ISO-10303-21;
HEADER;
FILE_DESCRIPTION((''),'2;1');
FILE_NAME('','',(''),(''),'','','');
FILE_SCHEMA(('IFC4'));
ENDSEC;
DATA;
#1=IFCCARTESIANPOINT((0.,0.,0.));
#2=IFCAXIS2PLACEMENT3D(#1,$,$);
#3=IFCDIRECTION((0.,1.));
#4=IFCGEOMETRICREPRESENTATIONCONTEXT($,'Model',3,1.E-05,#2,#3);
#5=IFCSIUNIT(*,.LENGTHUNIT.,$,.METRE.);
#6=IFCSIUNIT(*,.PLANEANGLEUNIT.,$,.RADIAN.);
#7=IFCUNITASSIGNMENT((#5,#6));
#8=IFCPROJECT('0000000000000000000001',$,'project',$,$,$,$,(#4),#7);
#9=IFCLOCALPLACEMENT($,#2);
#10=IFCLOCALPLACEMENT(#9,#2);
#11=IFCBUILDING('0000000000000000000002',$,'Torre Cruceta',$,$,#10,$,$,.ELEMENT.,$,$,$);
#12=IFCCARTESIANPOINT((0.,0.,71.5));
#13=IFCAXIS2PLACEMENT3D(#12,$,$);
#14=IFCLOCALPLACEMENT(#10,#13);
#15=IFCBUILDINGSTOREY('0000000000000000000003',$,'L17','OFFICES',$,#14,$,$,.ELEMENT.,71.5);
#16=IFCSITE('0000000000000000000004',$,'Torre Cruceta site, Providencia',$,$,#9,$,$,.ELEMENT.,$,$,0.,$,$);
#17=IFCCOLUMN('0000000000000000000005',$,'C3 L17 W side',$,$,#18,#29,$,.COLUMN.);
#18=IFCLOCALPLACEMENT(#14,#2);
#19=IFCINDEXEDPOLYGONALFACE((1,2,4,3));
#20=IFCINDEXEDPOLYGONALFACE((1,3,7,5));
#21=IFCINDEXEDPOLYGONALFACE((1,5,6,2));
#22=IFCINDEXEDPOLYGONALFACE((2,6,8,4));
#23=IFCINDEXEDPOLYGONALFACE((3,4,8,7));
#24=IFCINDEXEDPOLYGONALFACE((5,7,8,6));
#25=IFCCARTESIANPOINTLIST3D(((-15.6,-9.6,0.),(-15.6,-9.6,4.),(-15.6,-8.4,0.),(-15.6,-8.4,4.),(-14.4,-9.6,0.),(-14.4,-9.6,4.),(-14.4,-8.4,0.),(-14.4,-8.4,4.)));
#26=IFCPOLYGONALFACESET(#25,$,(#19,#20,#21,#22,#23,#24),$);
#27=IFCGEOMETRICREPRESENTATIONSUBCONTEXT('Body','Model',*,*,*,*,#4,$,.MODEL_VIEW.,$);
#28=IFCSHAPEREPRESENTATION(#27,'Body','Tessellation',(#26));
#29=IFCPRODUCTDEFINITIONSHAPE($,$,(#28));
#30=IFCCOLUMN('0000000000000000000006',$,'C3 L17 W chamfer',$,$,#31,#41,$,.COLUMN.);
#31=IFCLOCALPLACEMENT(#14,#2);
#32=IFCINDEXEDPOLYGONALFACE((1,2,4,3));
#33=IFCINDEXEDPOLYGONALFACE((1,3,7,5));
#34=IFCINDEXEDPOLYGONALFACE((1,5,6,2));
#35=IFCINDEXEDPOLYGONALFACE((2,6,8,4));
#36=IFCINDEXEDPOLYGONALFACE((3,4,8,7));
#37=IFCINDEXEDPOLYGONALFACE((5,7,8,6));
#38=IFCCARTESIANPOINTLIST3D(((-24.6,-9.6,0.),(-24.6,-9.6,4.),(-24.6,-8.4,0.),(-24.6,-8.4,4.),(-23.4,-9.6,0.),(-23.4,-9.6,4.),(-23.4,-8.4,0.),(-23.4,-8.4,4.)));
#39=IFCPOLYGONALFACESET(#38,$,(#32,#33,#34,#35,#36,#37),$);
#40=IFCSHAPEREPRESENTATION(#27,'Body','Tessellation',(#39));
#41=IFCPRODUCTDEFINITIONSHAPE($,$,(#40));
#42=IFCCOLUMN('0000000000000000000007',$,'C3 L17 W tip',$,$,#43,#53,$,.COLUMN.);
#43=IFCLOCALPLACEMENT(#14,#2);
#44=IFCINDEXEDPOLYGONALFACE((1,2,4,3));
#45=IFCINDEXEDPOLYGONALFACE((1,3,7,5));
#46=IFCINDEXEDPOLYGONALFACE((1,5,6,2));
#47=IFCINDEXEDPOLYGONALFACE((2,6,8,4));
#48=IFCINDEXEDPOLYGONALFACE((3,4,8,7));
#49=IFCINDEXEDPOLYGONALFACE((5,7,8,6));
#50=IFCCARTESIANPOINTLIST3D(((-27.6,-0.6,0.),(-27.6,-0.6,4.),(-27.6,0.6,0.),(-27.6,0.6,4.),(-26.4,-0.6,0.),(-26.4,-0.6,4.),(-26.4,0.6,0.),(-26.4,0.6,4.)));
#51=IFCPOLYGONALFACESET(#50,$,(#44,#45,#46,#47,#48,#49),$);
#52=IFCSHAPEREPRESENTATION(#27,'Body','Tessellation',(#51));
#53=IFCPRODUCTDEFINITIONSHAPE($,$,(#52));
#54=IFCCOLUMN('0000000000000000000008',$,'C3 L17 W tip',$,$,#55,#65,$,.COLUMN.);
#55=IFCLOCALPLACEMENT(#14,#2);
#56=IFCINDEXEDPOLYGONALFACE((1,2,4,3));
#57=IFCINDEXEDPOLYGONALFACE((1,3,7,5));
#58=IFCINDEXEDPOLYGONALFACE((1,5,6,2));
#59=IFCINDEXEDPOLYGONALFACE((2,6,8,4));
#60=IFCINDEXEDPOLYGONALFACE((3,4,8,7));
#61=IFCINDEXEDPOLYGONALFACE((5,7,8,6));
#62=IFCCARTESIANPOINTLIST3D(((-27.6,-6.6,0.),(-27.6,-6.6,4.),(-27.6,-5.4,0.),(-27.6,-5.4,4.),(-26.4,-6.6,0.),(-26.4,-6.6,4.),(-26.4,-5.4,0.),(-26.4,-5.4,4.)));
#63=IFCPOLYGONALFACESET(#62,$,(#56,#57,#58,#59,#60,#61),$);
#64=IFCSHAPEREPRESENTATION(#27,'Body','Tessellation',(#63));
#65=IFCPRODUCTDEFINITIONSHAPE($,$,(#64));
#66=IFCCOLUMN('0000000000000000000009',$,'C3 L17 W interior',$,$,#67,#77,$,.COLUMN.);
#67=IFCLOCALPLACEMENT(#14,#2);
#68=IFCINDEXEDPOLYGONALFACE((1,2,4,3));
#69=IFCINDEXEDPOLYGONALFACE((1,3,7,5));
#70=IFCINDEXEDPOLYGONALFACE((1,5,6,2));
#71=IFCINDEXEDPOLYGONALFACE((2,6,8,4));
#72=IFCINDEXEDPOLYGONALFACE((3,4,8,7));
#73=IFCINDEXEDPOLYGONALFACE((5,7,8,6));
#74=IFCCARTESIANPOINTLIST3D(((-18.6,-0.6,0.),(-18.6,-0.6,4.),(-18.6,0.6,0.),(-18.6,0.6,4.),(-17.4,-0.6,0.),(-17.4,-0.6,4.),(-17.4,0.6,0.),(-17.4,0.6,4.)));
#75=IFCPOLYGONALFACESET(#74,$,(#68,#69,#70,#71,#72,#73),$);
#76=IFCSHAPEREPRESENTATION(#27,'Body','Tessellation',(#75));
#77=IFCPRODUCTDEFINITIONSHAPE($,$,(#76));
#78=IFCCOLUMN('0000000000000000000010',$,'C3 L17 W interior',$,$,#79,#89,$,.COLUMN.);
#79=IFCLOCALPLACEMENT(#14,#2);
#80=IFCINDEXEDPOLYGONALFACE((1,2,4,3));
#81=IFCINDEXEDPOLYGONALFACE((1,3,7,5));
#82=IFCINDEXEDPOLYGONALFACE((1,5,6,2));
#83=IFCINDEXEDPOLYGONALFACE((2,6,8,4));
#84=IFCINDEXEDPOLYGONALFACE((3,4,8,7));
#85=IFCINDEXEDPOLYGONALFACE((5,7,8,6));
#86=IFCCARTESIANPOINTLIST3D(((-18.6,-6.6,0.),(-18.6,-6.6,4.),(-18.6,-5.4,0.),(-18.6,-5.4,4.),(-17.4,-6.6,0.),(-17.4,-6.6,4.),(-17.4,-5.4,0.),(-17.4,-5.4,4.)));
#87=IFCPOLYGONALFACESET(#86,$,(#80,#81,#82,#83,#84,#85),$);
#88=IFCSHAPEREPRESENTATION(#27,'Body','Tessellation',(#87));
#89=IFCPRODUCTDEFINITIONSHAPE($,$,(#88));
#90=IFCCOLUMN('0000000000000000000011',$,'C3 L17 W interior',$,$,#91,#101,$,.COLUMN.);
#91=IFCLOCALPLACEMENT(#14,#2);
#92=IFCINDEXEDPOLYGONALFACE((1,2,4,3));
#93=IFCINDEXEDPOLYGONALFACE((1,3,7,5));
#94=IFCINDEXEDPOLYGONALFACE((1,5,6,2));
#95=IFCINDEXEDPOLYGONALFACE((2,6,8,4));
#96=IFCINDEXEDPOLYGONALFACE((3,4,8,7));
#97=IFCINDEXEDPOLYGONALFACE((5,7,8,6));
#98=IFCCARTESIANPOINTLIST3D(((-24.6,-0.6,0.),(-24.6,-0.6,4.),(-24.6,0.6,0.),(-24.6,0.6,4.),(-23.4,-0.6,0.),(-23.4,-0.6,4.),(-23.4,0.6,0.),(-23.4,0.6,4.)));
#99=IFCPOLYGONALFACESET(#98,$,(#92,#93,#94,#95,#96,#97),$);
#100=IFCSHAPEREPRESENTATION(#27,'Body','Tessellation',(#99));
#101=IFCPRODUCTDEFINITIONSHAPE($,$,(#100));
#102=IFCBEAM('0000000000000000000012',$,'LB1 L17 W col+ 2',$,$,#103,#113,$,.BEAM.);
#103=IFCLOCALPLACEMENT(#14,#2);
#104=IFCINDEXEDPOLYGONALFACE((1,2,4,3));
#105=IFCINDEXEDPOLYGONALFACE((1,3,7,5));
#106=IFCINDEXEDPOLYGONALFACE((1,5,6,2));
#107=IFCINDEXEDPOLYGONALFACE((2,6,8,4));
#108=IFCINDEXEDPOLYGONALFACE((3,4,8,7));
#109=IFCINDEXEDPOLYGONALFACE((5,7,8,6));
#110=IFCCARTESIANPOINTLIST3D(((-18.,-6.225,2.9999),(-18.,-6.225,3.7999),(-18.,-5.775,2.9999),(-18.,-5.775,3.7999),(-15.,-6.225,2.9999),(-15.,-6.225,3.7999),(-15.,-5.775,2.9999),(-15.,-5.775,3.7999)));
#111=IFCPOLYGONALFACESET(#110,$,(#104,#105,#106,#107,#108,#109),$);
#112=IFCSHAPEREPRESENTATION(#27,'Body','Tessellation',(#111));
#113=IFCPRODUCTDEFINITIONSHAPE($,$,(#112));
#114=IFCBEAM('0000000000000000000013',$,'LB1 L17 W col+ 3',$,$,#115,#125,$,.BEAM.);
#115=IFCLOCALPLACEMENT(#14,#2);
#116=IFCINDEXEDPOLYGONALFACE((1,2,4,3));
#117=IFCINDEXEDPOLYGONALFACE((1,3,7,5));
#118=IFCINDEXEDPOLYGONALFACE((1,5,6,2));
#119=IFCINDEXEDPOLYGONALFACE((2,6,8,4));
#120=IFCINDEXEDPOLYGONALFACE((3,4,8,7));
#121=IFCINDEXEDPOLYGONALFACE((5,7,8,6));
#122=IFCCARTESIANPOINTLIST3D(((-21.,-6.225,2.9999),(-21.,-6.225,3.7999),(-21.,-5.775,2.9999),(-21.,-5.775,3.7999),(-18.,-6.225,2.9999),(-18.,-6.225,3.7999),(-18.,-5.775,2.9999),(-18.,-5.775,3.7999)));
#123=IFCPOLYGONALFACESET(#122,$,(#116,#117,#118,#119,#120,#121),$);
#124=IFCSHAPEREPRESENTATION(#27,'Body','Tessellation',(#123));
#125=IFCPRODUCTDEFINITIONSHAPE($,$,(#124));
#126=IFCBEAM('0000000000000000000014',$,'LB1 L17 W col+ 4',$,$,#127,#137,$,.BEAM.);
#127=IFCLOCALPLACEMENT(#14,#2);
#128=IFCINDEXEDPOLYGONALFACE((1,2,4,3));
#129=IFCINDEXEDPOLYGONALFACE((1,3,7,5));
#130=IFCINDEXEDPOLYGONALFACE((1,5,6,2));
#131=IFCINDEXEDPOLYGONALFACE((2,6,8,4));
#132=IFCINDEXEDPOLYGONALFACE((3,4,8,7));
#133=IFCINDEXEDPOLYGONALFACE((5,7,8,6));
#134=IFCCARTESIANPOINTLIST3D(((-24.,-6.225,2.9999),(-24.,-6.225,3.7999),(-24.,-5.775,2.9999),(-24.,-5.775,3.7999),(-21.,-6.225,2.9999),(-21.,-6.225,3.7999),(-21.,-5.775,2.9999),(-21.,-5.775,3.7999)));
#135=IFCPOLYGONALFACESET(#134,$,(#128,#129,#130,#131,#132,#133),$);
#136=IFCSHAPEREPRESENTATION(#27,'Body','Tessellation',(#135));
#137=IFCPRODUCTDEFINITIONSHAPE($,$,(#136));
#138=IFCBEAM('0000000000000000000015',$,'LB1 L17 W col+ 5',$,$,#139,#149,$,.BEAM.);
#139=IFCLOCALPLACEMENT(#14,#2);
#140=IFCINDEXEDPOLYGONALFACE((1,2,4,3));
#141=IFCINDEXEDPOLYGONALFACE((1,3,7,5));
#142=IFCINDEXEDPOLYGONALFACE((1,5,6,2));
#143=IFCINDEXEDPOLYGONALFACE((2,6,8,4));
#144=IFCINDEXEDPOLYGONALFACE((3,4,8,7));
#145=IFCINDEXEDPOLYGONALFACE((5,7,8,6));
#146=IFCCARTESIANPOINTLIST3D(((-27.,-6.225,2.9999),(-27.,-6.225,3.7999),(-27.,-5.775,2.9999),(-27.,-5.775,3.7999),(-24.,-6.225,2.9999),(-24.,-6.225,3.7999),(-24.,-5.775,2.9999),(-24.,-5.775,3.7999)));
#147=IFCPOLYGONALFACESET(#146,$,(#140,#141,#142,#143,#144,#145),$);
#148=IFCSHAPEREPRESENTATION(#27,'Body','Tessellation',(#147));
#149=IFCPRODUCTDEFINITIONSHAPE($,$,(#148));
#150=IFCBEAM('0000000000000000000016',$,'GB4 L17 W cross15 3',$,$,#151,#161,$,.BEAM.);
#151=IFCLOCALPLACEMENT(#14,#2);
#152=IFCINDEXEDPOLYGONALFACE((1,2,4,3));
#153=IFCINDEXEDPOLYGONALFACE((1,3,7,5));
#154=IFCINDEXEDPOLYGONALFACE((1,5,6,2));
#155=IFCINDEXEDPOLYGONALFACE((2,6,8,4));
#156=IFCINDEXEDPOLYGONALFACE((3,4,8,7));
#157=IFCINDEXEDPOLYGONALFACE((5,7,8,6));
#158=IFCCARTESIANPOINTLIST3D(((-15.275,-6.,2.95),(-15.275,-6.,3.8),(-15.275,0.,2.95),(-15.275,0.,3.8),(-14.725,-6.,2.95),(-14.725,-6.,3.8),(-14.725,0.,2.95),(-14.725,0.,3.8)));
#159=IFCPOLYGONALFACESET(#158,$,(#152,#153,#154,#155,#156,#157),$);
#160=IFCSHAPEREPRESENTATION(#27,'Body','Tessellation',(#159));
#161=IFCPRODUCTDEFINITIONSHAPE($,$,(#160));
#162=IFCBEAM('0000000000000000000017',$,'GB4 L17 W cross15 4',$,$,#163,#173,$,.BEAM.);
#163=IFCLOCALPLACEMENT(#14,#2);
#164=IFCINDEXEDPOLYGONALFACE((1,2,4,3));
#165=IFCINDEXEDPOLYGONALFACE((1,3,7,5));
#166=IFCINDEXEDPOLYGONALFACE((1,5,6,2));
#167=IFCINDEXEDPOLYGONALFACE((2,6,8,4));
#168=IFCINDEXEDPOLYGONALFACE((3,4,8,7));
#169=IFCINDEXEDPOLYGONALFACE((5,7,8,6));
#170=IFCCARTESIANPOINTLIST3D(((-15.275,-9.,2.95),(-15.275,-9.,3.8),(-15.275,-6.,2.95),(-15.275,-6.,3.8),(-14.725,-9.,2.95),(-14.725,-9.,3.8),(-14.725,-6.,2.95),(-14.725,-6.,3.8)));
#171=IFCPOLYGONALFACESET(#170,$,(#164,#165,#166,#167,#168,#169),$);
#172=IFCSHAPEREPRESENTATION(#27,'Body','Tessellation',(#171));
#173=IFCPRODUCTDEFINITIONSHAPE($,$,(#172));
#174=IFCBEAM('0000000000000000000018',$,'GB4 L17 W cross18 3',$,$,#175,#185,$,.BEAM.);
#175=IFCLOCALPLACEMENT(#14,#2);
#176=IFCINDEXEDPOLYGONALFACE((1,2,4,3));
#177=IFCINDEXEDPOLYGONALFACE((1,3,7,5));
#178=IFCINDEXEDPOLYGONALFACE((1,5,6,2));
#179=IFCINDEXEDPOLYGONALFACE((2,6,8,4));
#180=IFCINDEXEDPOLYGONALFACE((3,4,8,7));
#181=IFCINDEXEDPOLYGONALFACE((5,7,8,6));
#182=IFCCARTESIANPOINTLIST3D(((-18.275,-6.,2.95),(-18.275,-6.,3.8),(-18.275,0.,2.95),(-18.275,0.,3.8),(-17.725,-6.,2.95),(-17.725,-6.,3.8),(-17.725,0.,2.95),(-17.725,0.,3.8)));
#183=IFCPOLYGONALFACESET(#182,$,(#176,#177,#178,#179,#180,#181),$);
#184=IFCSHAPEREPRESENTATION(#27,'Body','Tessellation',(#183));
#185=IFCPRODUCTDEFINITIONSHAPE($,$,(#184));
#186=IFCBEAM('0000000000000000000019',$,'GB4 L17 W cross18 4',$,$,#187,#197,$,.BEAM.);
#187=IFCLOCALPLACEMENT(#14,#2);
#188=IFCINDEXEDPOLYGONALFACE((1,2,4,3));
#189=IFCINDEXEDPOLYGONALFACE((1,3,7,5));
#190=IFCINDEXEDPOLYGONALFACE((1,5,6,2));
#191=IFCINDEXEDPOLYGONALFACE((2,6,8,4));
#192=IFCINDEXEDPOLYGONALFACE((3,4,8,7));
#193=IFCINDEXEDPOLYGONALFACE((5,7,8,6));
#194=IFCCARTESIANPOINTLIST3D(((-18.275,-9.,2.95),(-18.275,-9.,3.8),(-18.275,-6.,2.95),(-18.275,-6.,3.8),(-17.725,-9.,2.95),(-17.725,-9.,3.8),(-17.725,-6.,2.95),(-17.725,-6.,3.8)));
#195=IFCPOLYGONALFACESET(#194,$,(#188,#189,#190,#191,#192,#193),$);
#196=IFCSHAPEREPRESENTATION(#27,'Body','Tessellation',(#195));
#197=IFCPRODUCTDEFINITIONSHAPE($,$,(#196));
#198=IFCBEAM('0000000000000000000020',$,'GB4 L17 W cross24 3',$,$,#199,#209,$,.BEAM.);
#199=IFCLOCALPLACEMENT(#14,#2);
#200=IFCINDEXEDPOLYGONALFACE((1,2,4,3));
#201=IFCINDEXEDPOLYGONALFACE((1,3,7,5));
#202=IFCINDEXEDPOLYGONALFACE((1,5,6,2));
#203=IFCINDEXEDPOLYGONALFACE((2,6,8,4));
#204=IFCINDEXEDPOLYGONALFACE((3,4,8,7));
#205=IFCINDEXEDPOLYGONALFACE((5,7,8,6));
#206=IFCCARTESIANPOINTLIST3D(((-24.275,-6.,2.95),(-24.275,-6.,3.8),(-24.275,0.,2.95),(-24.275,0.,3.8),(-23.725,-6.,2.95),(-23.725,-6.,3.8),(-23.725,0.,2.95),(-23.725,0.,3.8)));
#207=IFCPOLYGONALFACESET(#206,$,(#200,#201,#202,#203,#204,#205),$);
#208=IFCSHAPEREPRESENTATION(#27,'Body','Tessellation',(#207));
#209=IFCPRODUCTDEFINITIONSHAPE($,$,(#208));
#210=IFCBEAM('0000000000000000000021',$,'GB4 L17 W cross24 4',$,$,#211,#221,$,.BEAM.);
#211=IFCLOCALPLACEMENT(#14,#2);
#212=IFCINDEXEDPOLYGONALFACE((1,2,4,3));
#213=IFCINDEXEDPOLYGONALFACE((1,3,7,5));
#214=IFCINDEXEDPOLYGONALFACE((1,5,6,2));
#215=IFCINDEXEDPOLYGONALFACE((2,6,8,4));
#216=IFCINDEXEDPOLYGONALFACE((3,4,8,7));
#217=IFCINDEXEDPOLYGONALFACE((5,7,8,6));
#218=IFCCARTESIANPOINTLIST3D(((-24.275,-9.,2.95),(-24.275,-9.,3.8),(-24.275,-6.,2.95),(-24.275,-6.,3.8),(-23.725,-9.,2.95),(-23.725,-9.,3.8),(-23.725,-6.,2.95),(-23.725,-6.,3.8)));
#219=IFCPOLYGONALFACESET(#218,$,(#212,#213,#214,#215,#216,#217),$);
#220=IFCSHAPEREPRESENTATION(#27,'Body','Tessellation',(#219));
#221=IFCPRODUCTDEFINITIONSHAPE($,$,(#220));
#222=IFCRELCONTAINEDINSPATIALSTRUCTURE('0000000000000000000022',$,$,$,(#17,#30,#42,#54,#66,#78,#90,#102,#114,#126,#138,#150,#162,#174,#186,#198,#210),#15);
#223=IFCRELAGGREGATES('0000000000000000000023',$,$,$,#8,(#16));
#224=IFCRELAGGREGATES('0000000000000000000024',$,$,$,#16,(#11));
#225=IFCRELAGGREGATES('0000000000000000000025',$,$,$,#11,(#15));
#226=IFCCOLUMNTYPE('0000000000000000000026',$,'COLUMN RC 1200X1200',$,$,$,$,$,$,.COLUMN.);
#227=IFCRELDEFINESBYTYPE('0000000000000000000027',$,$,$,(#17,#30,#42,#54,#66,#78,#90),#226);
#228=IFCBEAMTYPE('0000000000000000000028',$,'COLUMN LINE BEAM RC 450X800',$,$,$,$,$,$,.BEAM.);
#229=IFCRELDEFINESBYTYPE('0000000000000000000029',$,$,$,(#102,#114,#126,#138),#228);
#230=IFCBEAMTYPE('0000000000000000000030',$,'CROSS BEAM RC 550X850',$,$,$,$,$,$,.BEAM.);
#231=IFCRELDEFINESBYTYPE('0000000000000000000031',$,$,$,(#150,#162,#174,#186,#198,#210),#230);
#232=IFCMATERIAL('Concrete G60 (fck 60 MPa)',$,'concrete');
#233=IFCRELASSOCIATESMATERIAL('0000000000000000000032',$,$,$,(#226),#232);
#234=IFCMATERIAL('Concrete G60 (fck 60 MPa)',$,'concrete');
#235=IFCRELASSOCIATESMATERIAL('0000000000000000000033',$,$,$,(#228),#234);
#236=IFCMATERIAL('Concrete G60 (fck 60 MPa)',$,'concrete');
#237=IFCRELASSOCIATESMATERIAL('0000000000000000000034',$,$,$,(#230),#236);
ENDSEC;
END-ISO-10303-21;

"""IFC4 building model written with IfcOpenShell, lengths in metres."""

from ifc_helpers import new_model, si_unit, direction, frame, origin, origin_2d, place, context, subcontext, project, spatial, rectangle, extrude, material, material_profile, profile_set, type_object, element, save


model = new_model("IFC4")

# Units and contexts
model_context = context("Model", 3, precision=1e-05, world=origin(), true_north=direction((0.0, 1.0)))
body_context = subcontext(model_context, "Body", "Model", "MODEL_VIEW")
ifc_project = project(units=[si_unit("LENGTHUNIT", "METRE"), si_unit("PLANEANGLEUNIT", "RADIAN")], contexts=[model_context])

# Site, building, storey
site_placement = place(None, origin())
site = spatial("IfcSite", under=ifc_project, at=site_placement, Name="Torre Cruceta site, Providencia", CompositionType="ELEMENT", RefElevation=0.0)
building_placement = place(site_placement, origin())
building = spatial("IfcBuilding", under=site, at=building_placement, Name="Torre Cruceta", CompositionType="ELEMENT")
storey_placement = place(building_placement, frame((0.0, 0.0, 71.5)))
storey = spatial("IfcBuildingStorey", under=building, at=storey_placement, Name="L17", Description="OFFICES", CompositionType="ELEMENT", Elevation=71.5)

# Columns
ifc_material_1 = material(Name="Concrete G60 (fck 60 MPa)", Category="concrete")
ifc_material_profile_1 = material_profile(ifc_material_1, rectangle(XDim=1.2, YDim=1.2, at=origin_2d()), Name="RC 1200X1200")
ifc_profile_set_1 = profile_set([ifc_material_profile_1], Name="Concrete G60 (fck 60 MPa)")
column_type = type_object("IfcColumnType", Name="COLUMN RC 1200X1200", PredefinedType="COLUMN", material=ifc_profile_set_1)
for number, where, z_axis, x_axis, name in (
    (1, (-15.0, -9.0, 0.0), (0.0, 0.0, 1.0), (1.0, 0.0, 0.0), "C3 L17 W side"),
    (2, (-24.0, -9.0, 0.0), (0.0, 0.0, 1.0), (1.0, 0.0, 0.0), "C3 L17 W chamfer"),
    (3, (-27.0, 0.0, 0.0), (0.0, 0.0, 1.0), (1.0, 0.0, 0.0), "C3 L17 W tip"),
    (4, (-27.0, -6.0, 0.0), (0.0, 0.0, 1.0), (1.0, 0.0, 0.0), "C3 L17 W tip"),
    (5, (-18.0, 0.0, 0.0), (0.0, 0.0, 1.0), (1.0, 0.0, 0.0), "C3 L17 W interior"),
    (6, (-18.0, -6.0, 0.0), (0.0, 0.0, 1.0), (1.0, 0.0, 0.0), "C3 L17 W interior"),
    (7, (-24.0, 0.0, 0.0), (0.0, 0.0, 1.0), (1.0, 0.0, 0.0), "C3 L17 W interior"),
):
    element("IfcColumn", number, at=place(storey_placement, frame(where, z_axis=z_axis, x_axis=x_axis)), inside=storey, type_object=column_type, Name=name, PredefinedType="COLUMN", context=body_context, shape_type="SweptSolid", body=[
        extrude(rectangle(XDim=1.2, YDim=1.2, at=origin_2d()), origin(), (0.0, 0.0, 1.0), 4.0),
    ])

# Beams
ifc_material_2 = material(Name="Concrete G60 (fck 60 MPa)", Category="concrete")
ifc_material_profile_2 = material_profile(ifc_material_2, rectangle(XDim=0.45, YDim=0.8, at=origin_2d()), Name="RC 450X800")
ifc_profile_set_2 = profile_set([ifc_material_profile_2], Name="Concrete G60 (fck 60 MPa)")
beam_type_1 = type_object("IfcBeamType", Name="COLUMN LINE BEAM RC 450X800", PredefinedType="BEAM", material=ifc_profile_set_2)
for number, where, z_axis, x_axis, name in (
    (8, (-15.0, -6.0, 3.3999), (-1.0, 0.0, 0.0), (0.0, -1.0, 0.0), "LB1 L17 W col+ 2"),
    (9, (-18.0, -6.0, 3.3999), (-1.0, 0.0, 0.0), (0.0, -1.0, 0.0), "LB1 L17 W col+ 3"),
    (10, (-21.0, -6.0, 3.3999), (-1.0, 0.0, 0.0), (0.0, -1.0, 0.0), "LB1 L17 W col+ 4"),
    (11, (-24.0, -6.0, 3.3999), (-1.0, 0.0, 0.0), (0.0, -1.0, 0.0), "LB1 L17 W col+ 5"),
):
    element("IfcBeam", number, at=place(storey_placement, frame(where, z_axis=z_axis, x_axis=x_axis)), inside=storey, type_object=beam_type_1, Name=name, PredefinedType="BEAM", context=body_context, shape_type="SweptSolid", body=[
        extrude(rectangle(XDim=0.45, YDim=0.8, at=origin_2d()), origin(), (0.0, 0.0, 1.0), 3.0),
    ])
ifc_material_3 = material(Name="Concrete G60 (fck 60 MPa)", Category="concrete")
ifc_material_profile_3 = material_profile(ifc_material_3, rectangle(XDim=0.55, YDim=0.8501, at=origin_2d()), Name="RC 550X850")
ifc_profile_set_3 = profile_set([ifc_material_profile_3], Name="Concrete G60 (fck 60 MPa)")
beam_type_2 = type_object("IfcBeamType", Name="CROSS BEAM RC 550X850", PredefinedType="BEAM", material=ifc_profile_set_3)
beam_1_placement = place(storey_placement, frame((-15.0, 0.0, 3.375), z_axis=(0.0, -1.0, 0.0), x_axis=(1.0, 0.0, 0.0)))
element("IfcBeam", 12, at=beam_1_placement, inside=storey, type_object=beam_type_2, Name="GB4 L17 W cross15 3", PredefinedType="BEAM", context=body_context, shape_type="SweptSolid", body=[
    extrude(rectangle(XDim=0.55, YDim=0.8501, at=origin_2d()), origin(), (0.0, 0.0, 1.0), 6.0),
])
beam_2_placement = place(storey_placement, frame((-15.0, -6.0, 3.375), z_axis=(0.0, -1.0, 0.0), x_axis=(1.0, 0.0, 0.0)))
element("IfcBeam", 13, at=beam_2_placement, inside=storey, type_object=beam_type_2, Name="GB4 L17 W cross15 4", PredefinedType="BEAM", context=body_context, shape_type="SweptSolid", body=[
    extrude(rectangle(XDim=0.55, YDim=0.8501, at=origin_2d()), origin(), (0.0, 0.0, 1.0), 3.0),
])
beam_3_placement = place(storey_placement, frame((-18.0, 0.0, 3.375), z_axis=(0.0, -1.0, 0.0), x_axis=(1.0, 0.0, 0.0)))
element("IfcBeam", 14, at=beam_3_placement, inside=storey, type_object=beam_type_2, Name="GB4 L17 W cross18 3", PredefinedType="BEAM", context=body_context, shape_type="SweptSolid", body=[
    extrude(rectangle(XDim=0.55, YDim=0.8501, at=origin_2d()), origin(), (0.0, 0.0, 1.0), 6.0),
])
beam_4_placement = place(storey_placement, frame((-18.0, -6.0, 3.375), z_axis=(0.0, -1.0, 0.0), x_axis=(1.0, 0.0, 0.0)))
element("IfcBeam", 15, at=beam_4_placement, inside=storey, type_object=beam_type_2, Name="GB4 L17 W cross18 4", PredefinedType="BEAM", context=body_context, shape_type="SweptSolid", body=[
    extrude(rectangle(XDim=0.55, YDim=0.8501, at=origin_2d()), origin(), (0.0, 0.0, 1.0), 3.0),
])
beam_5_placement = place(storey_placement, frame((-24.0, 0.0, 3.375), z_axis=(0.0, -1.0, 0.0), x_axis=(1.0, 0.0, 0.0)))
element("IfcBeam", 16, at=beam_5_placement, inside=storey, type_object=beam_type_2, Name="GB4 L17 W cross24 3", PredefinedType="BEAM", context=body_context, shape_type="SweptSolid", body=[
    extrude(rectangle(XDim=0.55, YDim=0.8501, at=origin_2d()), origin(), (0.0, 0.0, 1.0), 6.0),
])
beam_6_placement = place(storey_placement, frame((-24.0, -6.0, 3.375), z_axis=(0.0, -1.0, 0.0), x_axis=(1.0, 0.0, 0.0)))
element("IfcBeam", 17, at=beam_6_placement, inside=storey, type_object=beam_type_2, Name="GB4 L17 W cross24 4", PredefinedType="BEAM", context=body_context, shape_type="SweptSolid", body=[
    extrude(rectangle(XDim=0.55, YDim=0.8501, at=origin_2d()), origin(), (0.0, 0.0, 1.0), 3.0),
])

save(model, "model.ifc")
